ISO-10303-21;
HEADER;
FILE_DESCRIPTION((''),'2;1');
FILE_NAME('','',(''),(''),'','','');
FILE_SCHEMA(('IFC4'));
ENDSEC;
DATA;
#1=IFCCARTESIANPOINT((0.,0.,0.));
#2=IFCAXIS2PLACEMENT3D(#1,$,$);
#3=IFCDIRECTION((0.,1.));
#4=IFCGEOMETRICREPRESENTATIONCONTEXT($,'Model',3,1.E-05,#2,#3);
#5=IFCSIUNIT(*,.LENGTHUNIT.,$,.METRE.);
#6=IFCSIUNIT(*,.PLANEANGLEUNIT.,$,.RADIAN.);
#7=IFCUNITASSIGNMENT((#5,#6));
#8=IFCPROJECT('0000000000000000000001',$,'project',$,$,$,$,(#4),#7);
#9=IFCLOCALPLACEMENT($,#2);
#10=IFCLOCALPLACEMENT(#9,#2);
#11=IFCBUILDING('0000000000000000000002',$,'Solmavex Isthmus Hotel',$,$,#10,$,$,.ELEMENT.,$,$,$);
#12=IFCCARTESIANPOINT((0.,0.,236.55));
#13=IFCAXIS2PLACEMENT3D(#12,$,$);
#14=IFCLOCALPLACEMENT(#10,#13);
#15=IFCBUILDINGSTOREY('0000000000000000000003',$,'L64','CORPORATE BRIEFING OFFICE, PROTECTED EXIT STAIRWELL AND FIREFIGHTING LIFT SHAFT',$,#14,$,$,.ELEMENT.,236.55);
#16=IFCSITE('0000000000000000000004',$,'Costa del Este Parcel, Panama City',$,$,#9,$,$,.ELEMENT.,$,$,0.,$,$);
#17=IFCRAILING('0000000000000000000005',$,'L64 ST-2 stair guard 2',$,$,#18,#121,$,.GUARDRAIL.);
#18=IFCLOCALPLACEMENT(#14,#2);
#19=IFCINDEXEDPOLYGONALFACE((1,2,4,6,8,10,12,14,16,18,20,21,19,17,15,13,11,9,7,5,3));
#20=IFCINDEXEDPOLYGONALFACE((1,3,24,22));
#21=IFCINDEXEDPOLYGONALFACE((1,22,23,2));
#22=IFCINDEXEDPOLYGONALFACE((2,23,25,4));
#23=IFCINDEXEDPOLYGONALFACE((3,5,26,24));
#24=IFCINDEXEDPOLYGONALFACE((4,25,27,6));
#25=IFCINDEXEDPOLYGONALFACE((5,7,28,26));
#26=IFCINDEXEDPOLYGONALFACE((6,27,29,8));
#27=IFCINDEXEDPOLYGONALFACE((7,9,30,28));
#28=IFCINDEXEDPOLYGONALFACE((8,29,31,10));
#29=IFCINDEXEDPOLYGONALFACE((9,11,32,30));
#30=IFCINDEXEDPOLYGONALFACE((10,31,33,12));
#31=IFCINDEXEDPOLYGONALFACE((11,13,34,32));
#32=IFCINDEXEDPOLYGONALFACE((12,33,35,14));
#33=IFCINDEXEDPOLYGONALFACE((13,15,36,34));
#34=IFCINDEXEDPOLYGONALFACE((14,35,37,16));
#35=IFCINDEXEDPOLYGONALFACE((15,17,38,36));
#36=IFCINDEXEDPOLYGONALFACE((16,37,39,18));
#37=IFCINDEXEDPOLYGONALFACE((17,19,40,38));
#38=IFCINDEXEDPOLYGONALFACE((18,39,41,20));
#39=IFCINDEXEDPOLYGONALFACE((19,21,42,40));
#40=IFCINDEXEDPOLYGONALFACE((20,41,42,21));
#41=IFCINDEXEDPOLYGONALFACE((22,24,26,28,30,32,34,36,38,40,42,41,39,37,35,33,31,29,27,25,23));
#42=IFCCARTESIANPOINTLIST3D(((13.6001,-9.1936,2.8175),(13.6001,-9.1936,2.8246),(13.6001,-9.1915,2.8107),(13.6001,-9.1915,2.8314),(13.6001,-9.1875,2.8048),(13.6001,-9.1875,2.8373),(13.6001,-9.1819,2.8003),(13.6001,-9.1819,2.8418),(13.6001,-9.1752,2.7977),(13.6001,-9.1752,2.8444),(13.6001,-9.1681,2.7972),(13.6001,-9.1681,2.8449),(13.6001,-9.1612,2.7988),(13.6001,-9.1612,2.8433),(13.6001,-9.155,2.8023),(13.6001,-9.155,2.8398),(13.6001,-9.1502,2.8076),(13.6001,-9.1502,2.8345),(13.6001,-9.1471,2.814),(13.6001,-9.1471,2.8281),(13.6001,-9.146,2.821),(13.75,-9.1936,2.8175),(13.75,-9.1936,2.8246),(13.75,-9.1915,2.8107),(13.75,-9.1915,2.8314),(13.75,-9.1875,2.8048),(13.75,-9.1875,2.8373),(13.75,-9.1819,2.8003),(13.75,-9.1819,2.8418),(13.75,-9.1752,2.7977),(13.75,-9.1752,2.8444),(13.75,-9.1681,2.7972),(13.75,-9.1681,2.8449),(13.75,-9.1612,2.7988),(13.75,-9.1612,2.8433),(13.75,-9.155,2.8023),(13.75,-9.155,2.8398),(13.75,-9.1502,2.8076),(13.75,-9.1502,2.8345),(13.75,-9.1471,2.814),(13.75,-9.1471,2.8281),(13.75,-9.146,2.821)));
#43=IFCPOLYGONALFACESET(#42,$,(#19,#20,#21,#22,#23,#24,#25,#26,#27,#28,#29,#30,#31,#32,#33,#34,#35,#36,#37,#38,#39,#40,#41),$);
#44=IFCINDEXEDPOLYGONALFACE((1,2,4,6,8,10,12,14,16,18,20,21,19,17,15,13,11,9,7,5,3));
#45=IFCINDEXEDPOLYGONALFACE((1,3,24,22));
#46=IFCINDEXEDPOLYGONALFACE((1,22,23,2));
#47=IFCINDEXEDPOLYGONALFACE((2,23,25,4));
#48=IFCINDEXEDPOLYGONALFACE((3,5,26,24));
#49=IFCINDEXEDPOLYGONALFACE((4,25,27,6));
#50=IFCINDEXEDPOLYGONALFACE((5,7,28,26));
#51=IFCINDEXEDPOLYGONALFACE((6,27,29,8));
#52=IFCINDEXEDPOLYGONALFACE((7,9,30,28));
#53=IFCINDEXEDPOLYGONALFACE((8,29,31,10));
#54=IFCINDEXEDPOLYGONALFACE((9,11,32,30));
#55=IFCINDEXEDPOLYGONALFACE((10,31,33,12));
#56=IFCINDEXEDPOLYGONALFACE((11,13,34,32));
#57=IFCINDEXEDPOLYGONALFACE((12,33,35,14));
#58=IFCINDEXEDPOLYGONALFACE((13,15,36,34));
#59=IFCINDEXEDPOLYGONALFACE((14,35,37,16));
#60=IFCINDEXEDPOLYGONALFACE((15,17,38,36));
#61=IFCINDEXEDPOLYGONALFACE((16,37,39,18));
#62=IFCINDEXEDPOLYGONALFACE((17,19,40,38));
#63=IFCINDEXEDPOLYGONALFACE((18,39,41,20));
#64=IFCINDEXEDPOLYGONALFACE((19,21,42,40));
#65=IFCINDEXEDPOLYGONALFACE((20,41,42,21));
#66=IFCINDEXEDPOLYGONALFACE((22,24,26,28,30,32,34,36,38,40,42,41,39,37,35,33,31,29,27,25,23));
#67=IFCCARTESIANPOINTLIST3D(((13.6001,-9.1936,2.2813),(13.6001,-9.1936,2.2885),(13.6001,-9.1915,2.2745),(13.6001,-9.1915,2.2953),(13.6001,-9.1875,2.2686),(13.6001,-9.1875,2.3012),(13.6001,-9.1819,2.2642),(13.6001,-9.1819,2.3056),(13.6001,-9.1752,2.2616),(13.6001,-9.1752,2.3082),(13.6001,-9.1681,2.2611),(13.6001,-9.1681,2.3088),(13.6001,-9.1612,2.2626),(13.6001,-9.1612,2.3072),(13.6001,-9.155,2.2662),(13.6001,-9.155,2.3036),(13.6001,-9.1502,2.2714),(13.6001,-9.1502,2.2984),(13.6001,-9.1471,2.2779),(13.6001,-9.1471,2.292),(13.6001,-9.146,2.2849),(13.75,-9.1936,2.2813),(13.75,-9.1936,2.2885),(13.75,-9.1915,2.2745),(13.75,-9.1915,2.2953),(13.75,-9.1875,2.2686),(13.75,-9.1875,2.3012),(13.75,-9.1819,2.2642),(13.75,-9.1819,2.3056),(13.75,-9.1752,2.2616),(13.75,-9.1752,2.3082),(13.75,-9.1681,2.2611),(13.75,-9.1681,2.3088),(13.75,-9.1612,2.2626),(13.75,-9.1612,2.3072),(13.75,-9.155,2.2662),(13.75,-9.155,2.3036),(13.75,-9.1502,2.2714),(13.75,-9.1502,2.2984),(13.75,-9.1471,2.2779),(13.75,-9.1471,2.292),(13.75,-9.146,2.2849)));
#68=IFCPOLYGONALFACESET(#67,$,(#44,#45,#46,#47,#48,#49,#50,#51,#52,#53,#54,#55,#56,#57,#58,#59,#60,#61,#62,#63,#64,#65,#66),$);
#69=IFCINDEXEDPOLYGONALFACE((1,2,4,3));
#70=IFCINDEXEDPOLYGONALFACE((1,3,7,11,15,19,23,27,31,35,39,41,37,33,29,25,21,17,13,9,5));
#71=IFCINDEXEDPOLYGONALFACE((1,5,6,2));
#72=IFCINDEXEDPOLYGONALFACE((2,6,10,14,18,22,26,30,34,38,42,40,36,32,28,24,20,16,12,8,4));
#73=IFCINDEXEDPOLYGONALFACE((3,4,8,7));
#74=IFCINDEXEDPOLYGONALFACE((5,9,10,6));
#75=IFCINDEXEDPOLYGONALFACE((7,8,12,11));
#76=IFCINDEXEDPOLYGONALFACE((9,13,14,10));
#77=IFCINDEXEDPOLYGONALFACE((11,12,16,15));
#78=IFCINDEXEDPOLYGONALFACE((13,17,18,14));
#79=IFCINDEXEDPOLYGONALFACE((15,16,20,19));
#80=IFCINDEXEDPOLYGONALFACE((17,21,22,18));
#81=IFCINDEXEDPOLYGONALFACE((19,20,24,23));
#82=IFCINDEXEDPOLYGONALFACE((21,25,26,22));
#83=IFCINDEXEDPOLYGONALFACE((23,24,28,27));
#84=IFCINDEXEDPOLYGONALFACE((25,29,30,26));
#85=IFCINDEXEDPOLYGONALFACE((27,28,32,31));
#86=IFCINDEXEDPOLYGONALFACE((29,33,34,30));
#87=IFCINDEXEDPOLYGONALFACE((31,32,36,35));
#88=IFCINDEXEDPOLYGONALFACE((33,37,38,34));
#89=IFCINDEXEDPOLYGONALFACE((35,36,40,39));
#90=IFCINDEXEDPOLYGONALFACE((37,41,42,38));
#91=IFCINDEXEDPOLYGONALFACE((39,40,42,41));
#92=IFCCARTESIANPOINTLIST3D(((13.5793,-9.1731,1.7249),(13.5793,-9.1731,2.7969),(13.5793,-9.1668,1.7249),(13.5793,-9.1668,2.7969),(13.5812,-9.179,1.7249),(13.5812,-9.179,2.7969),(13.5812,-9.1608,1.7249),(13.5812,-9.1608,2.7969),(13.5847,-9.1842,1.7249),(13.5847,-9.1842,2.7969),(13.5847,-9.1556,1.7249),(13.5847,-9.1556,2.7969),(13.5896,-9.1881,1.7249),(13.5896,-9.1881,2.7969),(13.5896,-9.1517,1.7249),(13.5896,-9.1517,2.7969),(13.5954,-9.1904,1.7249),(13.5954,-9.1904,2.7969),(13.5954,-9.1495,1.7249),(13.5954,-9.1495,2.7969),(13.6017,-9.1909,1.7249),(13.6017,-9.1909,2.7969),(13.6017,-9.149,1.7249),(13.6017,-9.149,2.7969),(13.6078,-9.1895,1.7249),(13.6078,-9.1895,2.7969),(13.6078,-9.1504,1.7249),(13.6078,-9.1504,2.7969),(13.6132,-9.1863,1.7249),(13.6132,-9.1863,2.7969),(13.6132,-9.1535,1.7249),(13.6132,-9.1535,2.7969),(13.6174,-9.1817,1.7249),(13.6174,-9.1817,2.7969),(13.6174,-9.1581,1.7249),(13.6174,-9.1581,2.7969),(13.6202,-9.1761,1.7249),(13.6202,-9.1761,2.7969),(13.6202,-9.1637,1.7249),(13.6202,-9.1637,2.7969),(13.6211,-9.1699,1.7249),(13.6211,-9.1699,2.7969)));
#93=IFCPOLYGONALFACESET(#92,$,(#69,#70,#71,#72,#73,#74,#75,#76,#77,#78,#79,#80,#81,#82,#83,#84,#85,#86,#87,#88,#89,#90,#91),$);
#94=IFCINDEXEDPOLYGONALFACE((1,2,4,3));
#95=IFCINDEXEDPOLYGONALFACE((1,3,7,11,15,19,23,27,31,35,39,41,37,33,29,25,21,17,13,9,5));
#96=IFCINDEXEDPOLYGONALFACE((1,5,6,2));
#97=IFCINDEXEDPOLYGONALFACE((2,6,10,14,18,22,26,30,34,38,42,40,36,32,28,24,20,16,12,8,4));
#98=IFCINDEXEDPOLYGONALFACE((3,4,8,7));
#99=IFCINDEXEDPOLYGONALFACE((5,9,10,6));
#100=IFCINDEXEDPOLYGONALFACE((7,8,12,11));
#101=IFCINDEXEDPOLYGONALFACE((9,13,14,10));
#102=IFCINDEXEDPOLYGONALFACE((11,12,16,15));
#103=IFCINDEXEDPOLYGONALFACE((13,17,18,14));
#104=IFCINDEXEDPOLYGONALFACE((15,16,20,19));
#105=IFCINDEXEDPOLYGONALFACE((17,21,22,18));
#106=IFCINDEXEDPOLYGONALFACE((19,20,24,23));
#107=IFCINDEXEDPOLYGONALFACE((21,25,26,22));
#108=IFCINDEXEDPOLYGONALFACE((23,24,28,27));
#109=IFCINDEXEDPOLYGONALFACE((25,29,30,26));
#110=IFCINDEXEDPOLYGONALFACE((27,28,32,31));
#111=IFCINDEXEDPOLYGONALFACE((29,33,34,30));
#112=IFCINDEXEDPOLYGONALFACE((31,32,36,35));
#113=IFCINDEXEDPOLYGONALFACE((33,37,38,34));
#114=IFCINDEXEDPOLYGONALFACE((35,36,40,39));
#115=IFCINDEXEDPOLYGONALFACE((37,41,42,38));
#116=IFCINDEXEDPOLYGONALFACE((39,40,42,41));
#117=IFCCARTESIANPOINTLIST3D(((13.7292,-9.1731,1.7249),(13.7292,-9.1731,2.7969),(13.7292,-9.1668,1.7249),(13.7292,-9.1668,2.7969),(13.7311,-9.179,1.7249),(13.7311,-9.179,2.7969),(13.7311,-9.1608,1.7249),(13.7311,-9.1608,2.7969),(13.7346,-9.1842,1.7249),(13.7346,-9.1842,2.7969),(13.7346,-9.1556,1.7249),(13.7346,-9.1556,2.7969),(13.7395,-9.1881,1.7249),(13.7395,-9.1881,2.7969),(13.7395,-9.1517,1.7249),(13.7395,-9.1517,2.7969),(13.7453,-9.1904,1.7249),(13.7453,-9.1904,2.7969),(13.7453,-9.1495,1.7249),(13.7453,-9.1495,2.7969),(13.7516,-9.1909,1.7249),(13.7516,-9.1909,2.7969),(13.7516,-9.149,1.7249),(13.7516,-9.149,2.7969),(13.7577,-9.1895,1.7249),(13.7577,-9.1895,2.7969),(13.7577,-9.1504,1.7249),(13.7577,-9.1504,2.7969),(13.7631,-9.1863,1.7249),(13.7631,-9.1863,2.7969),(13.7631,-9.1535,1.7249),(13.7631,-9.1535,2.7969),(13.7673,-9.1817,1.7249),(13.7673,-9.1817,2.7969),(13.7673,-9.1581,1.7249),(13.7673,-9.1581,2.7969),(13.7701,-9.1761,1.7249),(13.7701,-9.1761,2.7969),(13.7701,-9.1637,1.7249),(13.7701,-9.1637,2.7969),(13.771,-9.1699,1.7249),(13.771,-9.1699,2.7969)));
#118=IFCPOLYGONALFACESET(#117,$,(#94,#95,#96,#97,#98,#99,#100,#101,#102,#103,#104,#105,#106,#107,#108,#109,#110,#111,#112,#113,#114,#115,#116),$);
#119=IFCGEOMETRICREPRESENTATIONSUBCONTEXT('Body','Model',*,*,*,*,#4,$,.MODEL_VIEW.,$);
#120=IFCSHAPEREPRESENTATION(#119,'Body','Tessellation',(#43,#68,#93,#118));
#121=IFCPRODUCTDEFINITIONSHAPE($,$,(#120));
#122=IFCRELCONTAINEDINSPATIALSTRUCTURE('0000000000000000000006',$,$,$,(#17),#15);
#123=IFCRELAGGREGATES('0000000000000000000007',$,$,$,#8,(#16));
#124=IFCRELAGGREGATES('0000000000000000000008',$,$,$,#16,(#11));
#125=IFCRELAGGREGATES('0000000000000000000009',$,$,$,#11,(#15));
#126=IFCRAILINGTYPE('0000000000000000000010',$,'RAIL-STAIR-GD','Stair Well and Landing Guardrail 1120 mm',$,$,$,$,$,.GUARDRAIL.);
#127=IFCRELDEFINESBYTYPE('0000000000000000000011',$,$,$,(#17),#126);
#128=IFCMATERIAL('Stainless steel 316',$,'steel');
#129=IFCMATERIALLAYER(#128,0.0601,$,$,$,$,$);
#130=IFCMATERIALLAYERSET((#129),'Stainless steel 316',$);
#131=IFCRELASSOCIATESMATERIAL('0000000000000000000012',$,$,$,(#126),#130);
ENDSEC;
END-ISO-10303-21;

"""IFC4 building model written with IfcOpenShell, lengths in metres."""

from ifc_helpers import new_model, si_unit, direction, frame, origin, origin_2d, place, context, subcontext, project, spatial, circle, extrude, material, layer, layer_set, type_object, element, save


model = new_model("IFC4")

# Units and contexts
model_context = context("Model", 3, precision=1e-05, world=origin(), true_north=direction((0.0, 1.0)))
body_context = subcontext(model_context, "Body", "Model", "MODEL_VIEW")
ifc_project = project(units=[si_unit("LENGTHUNIT", "METRE"), si_unit("PLANEANGLEUNIT", "RADIAN")], contexts=[model_context])

# Site, building, storey
site_placement = place(None, origin())
site = spatial("IfcSite", under=ifc_project, at=site_placement, Name="Costa del Este Parcel, Panama City", CompositionType="ELEMENT", RefElevation=0.0)
building_placement = place(site_placement, origin())
building = spatial("IfcBuilding", under=site, at=building_placement, Name="Solmavex Isthmus Hotel", CompositionType="ELEMENT")
storey_placement = place(building_placement, frame((0.0, 0.0, 236.55)))
storey = spatial("IfcBuildingStorey", under=building, at=storey_placement, Name="L64", Description="CORPORATE BRIEFING OFFICE, PROTECTED EXIT STAIRWELL AND FIREFIGHTING LIFT SHAFT", CompositionType="ELEMENT", Elevation=236.55)

# Shared definitions
ifc_material_1 = material(Name="Stainless steel 316", Category="steel")

# Railing
ifc_layer_1 = layer(ifc_material_1, 0.0601)
ifc_layer_set_1 = layer_set([ifc_layer_1], Name="Stainless steel 316")
railing_type_1 = type_object("IfcRailingType", Name="RAIL-STAIR-GD", Description="Stair Well and Landing Guardrail 1120 mm", PredefinedType="GUARDRAIL", material=ifc_layer_set_1)
railing_1_placement = place(storey_placement, frame((13.6001, -9.1699, 1.7249)))
element("IfcRailing", 1, at=railing_1_placement, inside=storey, type_object=railing_type_1, Name="L64 ST-2 stair guard 2", PredefinedType="GUARDRAIL", context=body_context, shape_type="SweptSolid", body=[
    extrude(circle(Radius=0.0239, at=origin_2d()), frame((0.0, 0.0, 1.0962), z_axis=(1.0, 0.0, 0.0), x_axis=(0.0, 1.0, 0.0)), (0.0, 0.0, 1.0), 0.1499),
    extrude(circle(Radius=0.0239, at=origin_2d()), frame((0.0, 0.0, 0.5601), z_axis=(1.0, 0.0, 0.0), x_axis=(0.0, 1.0, 0.0)), (0.0, 0.0, 1.0), 0.1499),
    extrude(circle(Radius=0.021, at=origin_2d()), origin(), (0.0, 0.0, 1.0), 1.072),
    extrude(circle(Radius=0.021, at=origin_2d()), frame((0.1499, 0.0, 0.0)), (0.0, 0.0, 1.0), 1.072),
])

save(model, "model.ifc")
